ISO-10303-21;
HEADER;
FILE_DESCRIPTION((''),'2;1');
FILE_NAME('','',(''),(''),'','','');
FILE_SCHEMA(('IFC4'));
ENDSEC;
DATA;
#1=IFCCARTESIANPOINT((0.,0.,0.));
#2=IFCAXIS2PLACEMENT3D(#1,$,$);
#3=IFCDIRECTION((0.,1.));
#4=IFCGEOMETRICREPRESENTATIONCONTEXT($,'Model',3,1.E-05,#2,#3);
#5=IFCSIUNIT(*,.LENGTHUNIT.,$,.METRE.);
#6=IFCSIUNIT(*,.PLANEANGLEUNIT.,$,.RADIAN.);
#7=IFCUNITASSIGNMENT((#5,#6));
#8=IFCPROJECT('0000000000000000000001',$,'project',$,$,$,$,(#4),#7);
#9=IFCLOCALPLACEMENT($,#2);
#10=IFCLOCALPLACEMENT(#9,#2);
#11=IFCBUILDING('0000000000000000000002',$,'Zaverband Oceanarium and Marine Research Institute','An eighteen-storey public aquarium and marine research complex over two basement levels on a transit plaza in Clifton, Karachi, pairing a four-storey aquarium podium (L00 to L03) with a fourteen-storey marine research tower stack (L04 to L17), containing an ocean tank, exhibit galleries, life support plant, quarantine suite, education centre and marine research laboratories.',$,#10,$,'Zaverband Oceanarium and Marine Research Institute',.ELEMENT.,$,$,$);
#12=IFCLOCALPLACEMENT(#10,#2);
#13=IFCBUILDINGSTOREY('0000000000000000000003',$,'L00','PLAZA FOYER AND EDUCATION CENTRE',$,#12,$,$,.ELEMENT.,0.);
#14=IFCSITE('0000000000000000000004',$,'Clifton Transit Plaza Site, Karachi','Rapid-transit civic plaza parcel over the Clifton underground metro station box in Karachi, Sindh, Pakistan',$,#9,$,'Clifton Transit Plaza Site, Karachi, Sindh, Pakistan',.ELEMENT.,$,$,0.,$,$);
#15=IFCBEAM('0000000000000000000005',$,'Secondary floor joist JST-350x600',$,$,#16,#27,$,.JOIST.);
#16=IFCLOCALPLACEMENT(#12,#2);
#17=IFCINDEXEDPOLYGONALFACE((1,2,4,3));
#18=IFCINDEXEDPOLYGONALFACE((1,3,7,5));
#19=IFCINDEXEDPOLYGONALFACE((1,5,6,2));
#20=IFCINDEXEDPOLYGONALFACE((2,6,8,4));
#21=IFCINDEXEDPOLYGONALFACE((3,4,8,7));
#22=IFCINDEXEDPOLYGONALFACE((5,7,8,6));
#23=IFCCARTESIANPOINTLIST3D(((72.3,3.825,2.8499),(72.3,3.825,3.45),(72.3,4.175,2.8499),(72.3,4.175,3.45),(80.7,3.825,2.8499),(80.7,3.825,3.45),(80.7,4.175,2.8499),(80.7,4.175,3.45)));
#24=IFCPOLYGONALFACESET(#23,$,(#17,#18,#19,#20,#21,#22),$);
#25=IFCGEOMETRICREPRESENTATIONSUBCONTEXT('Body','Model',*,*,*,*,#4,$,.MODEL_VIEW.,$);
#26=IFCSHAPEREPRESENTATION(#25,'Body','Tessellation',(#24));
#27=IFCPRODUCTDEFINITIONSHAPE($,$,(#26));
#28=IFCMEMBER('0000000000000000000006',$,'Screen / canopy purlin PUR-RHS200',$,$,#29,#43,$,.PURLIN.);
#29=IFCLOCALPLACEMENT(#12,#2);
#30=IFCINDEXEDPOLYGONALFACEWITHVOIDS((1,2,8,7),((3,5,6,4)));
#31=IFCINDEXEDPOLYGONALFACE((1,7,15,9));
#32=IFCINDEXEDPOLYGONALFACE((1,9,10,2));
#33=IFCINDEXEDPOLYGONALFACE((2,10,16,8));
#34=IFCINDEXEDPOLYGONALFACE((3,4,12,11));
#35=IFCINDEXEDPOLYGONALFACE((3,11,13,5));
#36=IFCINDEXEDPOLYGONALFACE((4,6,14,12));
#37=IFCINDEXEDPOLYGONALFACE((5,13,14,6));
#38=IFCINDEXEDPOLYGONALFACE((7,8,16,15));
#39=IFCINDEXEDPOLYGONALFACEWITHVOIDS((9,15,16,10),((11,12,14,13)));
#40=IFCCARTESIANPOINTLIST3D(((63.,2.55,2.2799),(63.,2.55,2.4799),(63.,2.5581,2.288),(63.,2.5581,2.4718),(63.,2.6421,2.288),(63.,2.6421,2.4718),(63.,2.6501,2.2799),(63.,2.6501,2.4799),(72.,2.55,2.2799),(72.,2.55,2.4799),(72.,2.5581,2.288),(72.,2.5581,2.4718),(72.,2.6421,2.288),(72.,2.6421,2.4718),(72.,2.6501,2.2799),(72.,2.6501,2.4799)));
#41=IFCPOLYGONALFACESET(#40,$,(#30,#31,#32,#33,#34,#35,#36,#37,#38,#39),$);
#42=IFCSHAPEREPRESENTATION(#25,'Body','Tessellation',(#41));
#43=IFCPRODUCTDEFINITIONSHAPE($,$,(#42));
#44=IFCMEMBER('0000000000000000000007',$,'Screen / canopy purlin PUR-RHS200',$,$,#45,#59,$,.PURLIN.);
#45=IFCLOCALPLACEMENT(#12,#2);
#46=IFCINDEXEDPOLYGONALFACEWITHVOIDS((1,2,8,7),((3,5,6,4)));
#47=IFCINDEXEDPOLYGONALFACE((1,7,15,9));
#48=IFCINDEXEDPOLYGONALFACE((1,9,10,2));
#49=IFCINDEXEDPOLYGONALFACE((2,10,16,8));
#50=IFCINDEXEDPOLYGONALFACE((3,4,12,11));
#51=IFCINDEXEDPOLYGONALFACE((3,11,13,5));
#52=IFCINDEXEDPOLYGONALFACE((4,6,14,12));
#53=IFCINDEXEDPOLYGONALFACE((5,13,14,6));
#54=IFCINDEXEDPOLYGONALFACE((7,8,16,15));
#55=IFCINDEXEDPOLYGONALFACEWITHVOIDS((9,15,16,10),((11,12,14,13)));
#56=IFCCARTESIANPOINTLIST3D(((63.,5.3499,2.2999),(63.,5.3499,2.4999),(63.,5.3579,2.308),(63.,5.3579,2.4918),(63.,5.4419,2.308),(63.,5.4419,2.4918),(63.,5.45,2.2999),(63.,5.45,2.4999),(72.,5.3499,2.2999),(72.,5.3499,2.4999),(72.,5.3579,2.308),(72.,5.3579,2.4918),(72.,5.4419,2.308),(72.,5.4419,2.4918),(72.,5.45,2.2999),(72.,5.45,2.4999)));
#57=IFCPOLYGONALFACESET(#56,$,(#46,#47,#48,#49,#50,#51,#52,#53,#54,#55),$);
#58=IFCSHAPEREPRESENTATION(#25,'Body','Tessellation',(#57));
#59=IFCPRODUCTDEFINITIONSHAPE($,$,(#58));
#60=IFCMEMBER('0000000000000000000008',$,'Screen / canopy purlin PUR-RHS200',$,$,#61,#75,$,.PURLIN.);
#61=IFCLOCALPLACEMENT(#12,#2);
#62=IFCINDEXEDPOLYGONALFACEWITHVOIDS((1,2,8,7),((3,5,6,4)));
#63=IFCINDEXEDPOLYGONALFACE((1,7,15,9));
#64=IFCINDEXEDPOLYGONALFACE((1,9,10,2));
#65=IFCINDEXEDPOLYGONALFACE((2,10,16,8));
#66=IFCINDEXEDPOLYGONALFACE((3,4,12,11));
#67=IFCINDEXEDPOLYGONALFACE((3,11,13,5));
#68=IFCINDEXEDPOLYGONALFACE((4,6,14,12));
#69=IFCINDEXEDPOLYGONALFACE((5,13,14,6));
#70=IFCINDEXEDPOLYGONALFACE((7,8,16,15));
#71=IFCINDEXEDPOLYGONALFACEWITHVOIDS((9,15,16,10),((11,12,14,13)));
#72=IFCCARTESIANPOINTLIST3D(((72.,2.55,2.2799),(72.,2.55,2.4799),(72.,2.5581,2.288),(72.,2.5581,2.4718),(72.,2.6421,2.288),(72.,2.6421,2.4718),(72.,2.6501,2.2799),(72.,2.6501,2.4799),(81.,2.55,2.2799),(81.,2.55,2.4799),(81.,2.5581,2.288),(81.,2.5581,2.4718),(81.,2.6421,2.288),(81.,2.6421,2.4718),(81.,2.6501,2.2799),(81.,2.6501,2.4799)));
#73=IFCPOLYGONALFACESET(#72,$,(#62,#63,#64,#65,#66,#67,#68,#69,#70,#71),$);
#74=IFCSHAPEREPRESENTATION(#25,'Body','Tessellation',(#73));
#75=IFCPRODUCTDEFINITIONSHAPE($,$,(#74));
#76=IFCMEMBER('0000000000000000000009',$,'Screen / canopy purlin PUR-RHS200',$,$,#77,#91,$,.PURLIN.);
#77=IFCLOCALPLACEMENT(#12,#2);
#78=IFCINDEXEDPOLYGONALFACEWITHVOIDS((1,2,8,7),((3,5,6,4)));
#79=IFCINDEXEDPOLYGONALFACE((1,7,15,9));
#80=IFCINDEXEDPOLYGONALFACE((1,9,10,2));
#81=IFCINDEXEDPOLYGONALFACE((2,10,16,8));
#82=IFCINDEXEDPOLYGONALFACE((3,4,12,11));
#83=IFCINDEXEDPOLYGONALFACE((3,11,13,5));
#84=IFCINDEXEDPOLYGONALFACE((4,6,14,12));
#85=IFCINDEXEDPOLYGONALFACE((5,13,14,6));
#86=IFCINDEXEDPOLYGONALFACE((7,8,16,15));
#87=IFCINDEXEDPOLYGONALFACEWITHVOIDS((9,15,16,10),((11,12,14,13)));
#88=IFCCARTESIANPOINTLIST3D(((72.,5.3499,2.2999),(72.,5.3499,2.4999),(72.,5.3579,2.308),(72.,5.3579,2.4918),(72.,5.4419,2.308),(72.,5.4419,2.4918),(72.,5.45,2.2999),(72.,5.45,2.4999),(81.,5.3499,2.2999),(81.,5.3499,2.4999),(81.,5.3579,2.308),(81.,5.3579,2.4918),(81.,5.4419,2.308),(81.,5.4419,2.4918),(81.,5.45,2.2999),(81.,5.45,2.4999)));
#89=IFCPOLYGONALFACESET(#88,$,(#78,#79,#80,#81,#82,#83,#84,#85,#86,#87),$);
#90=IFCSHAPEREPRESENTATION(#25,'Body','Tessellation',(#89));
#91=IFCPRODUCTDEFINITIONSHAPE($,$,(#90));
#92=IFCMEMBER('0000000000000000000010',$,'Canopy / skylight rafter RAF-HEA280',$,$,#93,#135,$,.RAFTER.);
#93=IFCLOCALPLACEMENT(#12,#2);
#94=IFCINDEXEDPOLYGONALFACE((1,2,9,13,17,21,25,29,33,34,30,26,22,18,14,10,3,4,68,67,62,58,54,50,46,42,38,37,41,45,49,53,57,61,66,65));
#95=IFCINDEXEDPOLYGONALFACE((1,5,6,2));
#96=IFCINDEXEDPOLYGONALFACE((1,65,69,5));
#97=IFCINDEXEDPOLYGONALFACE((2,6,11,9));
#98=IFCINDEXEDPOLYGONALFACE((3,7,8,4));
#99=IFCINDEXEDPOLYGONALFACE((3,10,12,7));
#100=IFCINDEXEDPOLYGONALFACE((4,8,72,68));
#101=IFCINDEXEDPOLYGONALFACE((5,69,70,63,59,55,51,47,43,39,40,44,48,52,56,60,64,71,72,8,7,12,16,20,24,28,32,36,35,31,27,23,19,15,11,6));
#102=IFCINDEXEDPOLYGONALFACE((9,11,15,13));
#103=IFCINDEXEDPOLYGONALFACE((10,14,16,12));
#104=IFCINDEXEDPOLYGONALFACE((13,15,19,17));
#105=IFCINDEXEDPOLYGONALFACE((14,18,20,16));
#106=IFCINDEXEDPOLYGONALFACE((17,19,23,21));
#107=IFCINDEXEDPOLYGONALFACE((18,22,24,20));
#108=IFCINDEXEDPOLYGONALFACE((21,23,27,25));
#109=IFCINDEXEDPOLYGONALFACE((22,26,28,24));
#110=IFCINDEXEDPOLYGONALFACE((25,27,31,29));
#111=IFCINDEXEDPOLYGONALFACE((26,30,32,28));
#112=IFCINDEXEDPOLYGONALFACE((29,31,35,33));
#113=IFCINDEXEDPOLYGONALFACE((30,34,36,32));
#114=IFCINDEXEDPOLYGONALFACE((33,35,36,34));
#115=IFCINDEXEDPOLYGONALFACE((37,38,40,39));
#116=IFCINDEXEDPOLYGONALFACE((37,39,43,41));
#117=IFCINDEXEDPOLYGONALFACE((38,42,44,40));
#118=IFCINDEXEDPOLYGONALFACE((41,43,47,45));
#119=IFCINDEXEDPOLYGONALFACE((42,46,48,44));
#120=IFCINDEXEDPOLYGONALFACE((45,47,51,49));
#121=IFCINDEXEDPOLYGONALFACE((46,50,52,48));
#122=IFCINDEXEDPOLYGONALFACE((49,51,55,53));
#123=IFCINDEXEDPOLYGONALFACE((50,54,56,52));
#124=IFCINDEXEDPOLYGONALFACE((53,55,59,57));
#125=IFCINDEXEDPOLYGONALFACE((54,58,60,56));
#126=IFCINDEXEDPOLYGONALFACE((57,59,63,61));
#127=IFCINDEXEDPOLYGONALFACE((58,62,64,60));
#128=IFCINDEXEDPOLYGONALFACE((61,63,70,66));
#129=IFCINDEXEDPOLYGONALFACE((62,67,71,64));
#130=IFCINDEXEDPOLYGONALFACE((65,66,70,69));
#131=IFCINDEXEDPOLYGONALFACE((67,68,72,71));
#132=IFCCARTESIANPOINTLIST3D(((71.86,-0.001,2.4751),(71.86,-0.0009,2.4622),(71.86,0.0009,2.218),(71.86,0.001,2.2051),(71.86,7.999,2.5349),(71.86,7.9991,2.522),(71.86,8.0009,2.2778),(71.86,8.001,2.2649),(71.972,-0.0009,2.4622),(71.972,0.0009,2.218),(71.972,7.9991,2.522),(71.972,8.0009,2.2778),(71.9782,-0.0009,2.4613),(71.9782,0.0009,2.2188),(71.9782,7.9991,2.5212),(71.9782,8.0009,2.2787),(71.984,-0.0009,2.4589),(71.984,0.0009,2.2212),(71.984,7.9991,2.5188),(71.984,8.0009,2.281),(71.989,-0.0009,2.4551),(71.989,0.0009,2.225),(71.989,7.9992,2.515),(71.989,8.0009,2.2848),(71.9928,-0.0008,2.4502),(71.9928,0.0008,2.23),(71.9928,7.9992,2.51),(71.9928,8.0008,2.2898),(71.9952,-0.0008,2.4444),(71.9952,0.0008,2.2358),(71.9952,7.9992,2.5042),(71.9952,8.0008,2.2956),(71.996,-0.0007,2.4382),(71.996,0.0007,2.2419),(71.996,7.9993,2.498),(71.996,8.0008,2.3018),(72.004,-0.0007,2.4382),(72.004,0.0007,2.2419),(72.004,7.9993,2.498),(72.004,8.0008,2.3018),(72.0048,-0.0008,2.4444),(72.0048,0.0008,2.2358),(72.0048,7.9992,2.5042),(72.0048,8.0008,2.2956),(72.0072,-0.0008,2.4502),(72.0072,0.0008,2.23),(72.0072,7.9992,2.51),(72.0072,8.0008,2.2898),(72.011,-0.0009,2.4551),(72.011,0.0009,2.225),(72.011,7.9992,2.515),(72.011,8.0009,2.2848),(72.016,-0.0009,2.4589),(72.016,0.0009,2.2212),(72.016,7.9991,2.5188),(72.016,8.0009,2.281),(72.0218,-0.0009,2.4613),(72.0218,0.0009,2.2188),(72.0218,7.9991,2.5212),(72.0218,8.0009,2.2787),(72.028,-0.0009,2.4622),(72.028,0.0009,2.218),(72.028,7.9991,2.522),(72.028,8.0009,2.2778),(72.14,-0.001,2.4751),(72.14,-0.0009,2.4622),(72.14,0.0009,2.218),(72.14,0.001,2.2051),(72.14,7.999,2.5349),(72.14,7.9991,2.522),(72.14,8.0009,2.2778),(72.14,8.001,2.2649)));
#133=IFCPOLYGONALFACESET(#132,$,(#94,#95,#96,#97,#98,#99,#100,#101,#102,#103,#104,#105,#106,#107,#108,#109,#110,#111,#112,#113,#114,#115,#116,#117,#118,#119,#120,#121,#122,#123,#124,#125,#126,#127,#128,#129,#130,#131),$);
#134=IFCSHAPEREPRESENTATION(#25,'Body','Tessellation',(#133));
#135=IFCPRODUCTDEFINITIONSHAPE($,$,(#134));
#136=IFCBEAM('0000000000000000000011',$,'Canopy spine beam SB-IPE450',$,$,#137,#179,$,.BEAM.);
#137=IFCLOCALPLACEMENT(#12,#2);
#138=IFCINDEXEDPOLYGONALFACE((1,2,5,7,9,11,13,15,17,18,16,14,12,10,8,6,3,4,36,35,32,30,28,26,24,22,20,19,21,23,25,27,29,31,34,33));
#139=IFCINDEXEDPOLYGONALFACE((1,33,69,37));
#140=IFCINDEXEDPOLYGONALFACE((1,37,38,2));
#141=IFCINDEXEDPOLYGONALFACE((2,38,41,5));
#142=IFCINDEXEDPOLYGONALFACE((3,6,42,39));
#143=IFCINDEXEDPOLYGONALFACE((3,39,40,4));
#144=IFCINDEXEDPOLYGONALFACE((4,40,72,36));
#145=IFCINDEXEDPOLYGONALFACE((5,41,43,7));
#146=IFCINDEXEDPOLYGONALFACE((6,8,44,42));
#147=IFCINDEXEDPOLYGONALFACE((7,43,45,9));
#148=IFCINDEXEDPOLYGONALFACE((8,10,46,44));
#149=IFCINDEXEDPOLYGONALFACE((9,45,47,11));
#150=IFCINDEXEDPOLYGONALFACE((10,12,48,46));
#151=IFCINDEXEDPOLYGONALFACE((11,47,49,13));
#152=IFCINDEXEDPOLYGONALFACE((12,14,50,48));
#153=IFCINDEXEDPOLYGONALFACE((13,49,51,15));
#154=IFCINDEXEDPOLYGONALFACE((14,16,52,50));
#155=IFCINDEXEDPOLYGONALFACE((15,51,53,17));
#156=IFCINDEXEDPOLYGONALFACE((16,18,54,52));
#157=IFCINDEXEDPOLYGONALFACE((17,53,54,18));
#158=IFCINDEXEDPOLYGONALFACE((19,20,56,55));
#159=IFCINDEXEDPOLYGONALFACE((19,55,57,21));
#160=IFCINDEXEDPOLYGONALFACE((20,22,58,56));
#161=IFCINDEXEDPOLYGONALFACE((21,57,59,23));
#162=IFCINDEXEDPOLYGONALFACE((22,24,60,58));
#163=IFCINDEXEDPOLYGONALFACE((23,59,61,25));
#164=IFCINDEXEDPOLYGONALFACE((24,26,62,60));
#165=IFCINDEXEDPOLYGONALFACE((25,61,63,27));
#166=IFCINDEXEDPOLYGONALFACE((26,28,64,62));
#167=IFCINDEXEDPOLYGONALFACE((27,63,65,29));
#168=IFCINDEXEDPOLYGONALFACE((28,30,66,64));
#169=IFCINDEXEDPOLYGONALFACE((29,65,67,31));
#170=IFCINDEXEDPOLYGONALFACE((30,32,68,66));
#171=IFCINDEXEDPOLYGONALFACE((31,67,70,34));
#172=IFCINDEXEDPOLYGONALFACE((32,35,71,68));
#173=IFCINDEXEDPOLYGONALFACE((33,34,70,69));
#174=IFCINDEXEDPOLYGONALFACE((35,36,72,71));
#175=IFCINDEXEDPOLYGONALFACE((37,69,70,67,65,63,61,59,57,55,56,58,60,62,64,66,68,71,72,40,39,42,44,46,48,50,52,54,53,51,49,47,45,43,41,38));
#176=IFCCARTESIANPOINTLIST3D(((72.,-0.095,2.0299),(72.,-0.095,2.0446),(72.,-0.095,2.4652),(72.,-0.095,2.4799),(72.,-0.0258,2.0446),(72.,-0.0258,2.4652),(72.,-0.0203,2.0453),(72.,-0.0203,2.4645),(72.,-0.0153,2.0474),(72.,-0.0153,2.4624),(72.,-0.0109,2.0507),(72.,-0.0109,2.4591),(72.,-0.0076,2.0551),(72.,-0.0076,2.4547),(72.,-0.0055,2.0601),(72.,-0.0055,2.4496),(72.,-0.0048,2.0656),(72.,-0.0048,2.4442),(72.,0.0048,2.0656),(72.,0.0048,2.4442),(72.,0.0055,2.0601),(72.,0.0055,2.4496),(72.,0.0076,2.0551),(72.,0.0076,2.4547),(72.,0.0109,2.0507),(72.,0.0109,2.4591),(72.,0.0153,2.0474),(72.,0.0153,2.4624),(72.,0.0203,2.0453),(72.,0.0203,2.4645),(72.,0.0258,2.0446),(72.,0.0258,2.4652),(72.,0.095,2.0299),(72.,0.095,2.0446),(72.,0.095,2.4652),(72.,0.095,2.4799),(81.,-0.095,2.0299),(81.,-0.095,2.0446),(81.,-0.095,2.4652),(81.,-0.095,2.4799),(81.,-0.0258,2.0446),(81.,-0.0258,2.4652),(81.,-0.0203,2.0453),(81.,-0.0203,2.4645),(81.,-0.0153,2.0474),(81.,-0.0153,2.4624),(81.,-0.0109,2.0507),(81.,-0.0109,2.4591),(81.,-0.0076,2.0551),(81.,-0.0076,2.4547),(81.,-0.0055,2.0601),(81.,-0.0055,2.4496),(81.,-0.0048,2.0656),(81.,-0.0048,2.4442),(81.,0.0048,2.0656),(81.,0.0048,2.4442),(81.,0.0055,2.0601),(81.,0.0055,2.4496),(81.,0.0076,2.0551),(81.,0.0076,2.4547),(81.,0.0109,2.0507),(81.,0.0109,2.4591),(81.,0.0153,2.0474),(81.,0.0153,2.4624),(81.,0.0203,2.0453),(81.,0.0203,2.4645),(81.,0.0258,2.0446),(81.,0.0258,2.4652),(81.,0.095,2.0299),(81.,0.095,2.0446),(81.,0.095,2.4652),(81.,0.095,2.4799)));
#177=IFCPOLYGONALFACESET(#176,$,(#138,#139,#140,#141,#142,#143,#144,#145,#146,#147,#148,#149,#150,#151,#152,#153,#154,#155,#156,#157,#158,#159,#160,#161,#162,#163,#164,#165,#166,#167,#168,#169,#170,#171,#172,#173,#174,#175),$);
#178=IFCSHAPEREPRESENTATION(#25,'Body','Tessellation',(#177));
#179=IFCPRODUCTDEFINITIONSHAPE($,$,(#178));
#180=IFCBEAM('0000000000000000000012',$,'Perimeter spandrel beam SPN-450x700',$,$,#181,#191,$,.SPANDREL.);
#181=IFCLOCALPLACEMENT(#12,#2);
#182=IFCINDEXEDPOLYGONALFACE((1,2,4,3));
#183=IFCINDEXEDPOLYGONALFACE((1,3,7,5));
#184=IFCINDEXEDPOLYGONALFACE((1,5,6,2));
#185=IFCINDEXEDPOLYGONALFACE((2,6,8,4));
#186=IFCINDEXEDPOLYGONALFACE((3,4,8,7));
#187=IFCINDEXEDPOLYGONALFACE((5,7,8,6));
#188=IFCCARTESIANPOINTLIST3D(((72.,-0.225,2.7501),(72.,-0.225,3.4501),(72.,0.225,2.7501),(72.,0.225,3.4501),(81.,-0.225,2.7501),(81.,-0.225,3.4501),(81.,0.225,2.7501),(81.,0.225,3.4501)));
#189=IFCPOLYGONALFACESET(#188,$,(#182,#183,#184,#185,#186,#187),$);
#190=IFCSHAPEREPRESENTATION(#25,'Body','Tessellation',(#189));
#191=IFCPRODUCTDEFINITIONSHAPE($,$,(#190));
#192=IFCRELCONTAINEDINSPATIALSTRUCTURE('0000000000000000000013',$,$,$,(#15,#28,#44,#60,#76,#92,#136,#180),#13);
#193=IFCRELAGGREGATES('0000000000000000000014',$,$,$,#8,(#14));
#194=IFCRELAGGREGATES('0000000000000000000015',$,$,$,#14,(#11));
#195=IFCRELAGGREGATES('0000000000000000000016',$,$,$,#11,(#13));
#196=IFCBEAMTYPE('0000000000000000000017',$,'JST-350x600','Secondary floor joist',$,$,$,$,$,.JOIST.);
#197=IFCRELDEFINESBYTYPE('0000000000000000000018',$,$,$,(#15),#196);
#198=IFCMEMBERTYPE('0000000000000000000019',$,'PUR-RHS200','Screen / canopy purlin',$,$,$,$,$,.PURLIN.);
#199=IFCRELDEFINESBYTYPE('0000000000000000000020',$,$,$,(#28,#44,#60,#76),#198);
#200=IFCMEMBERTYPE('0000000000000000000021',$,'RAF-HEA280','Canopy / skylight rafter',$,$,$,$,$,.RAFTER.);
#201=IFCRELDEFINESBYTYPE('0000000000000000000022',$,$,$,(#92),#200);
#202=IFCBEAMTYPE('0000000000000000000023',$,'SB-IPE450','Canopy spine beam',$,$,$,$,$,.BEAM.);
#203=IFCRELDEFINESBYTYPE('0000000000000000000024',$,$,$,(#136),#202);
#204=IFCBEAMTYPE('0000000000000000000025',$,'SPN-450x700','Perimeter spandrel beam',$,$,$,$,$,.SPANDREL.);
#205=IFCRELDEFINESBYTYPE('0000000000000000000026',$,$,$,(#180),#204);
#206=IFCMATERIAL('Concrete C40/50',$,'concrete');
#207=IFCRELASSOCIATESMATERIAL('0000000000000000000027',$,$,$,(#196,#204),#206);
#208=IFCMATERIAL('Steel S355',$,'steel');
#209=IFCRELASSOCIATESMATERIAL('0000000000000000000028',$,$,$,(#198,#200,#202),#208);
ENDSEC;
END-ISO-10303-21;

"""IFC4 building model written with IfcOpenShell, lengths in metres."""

from ifc_helpers import new_model, si_unit, direction, frame, origin, origin_2d, place, context, subcontext, project, spatial, rectangle, hollow_rectangle, i_section, extrude, material, material_profile, profile_set, type_object, element, save


model = new_model("IFC4")

# Units and contexts
model_context = context("Model", 3, precision=1e-05, world=origin(), true_north=direction((0.0, 1.0)))
body_context = subcontext(model_context, "Body", "Model", "MODEL_VIEW")
ifc_project = project(units=[si_unit("LENGTHUNIT", "METRE"), si_unit("PLANEANGLEUNIT", "RADIAN")], contexts=[model_context])

# Site, building, storey
site_placement = place(None, origin())
site = spatial("IfcSite", under=ifc_project, at=site_placement, Name="Clifton Transit Plaza Site, Karachi", Description="Rapid-transit civic plaza parcel over the Clifton underground metro station box in Karachi, Sindh, Pakistan", LongName="Clifton Transit Plaza Site, Karachi, Sindh, Pakistan", CompositionType="ELEMENT", RefElevation=0.0)
building_placement = place(site_placement, origin())
building = spatial("IfcBuilding", under=site, at=building_placement, Name="Zaverband Oceanarium and Marine Research Institute", Description="An eighteen-storey public aquarium and marine research complex over two basement levels on a transit plaza in Clifton, Karachi, pairing a four-storey aquarium podium (L00 to L03) with a fourteen-storey marine research tower stack (L04 to L17), containing an ocean tank, exhibit galleries, life support plant, quarantine suite, education centre and marine research laboratories.", LongName="Zaverband Oceanarium and Marine Research Institute", CompositionType="ELEMENT")
storey_placement = place(building_placement, origin())
storey = spatial("IfcBuildingStorey", under=building, at=storey_placement, Name="L00", Description="PLAZA FOYER AND EDUCATION CENTRE", CompositionType="ELEMENT", Elevation=0.0)

# Shared definitions
ifc_material_1 = material(Name="Concrete C40/50", Category="concrete")

# Shared definitions
ifc_material_2 = material(Name="Steel S355", Category="steel")

# Beam
ifc_material_profile_1 = material_profile(ifc_material_1, rectangle(XDim=0.3501, YDim=0.6001, at=origin_2d()), Name="RC350x600")
ifc_profile_set_1 = profile_set([ifc_material_profile_1], Name="Concrete C40/50")
beam_type_1 = type_object("IfcBeamType", Name="JST-350x600", Description="Secondary floor joist", PredefinedType="JOIST", material=ifc_profile_set_1)
for number, where, z_axis, x_axis, name in (
    (1, (72.3, 4.0, 3.1499), (1.0, 0.0, 0.0), (0.0, 1.0, 0.0), "Secondary floor joist JST-350x600"),
):
    element("IfcBeam", number, at=place(storey_placement, frame(where, z_axis=z_axis, x_axis=x_axis)), inside=storey, type_object=beam_type_1, Name=name, PredefinedType="JOIST", context=body_context, shape_type="SweptSolid", body=[
        extrude(rectangle(XDim=0.3501, YDim=0.6001, at=origin_2d()), origin(), (0.0, 0.0, 1.0), 8.3999),
    ])

# Members
ifc_material_profile_2 = material_profile(ifc_material_2, hollow_rectangle(XDim=0.1001, YDim=0.2, WallThickness=0.0081, at=origin_2d()), Name="RHS200x100x8")
ifc_profile_set_2 = profile_set([ifc_material_profile_2], Name="Steel S355")
member_type_1 = type_object("IfcMemberType", Name="PUR-RHS200", Description="Screen / canopy purlin", PredefinedType="PURLIN", material=ifc_profile_set_2)
for number, where, z_axis, x_axis, name in (
    (2, (63.0, 2.6001, 2.3799), (1.0, 0.0, 0.0), (0.0, 1.0, 0.0), "Screen / canopy purlin PUR-RHS200"),
    (3, (63.0, 5.3999, 2.3999), (1.0, 0.0, 0.0), (0.0, 1.0, 0.0), "Screen / canopy purlin PUR-RHS200"),
    (4, (72.0, 2.6001, 2.3799), (1.0, 0.0, 0.0), (0.0, 1.0, 0.0), "Screen / canopy purlin PUR-RHS200"),
    (5, (72.0, 5.3999, 2.3999), (1.0, 0.0, 0.0), (0.0, 1.0, 0.0), "Screen / canopy purlin PUR-RHS200"),
):
    element("IfcMember", number, at=place(storey_placement, frame(where, z_axis=z_axis, x_axis=x_axis)), inside=storey, type_object=member_type_1, Name=name, PredefinedType="PURLIN", context=body_context, shape_type="SweptSolid", body=[
        extrude(hollow_rectangle(XDim=0.1001, YDim=0.2, WallThickness=0.0081, at=origin_2d()), origin(), (0.0, 0.0, 1.0), 9.0),
    ])
ifc_material_profile_3 = material_profile(ifc_material_2, i_section(OverallWidth=0.28, OverallDepth=0.27, WebThickness=0.0081, FlangeThickness=0.0129, FilletRadius=0.0239, at=origin_2d()), Name="HEA280")
ifc_profile_set_3 = profile_set([ifc_material_profile_3], Name="Steel S355")
member_type_2 = type_object("IfcMemberType", Name="RAF-HEA280", Description="Canopy / skylight rafter", PredefinedType="RAFTER", material=ifc_profile_set_3)
member_placement = place(storey_placement, frame((72.0, 0.0, 2.3401), z_axis=(0.0, 0.999972, 0.007477), x_axis=(-1.0, 0.0, 0.0)))
element("IfcMember", 6, at=member_placement, inside=storey, type_object=member_type_2, Name="Canopy / skylight rafter RAF-HEA280", PredefinedType="RAFTER", context=body_context, shape_type="SweptSolid", body=[
    extrude(i_section(OverallWidth=0.28, OverallDepth=0.27, WebThickness=0.0081, FlangeThickness=0.0129, FilletRadius=0.0239, at=origin_2d()), origin(), (0.0, 0.0, 1.0), 8.0002),
])

# Beams
ifc_material_profile_4 = material_profile(ifc_material_2, i_section(OverallWidth=0.1899, OverallDepth=0.45, WebThickness=0.0095, FlangeThickness=0.0146, FilletRadius=0.021, at=origin_2d()), Name="IPE450")
ifc_profile_set_4 = profile_set([ifc_material_profile_4], Name="Steel S355")
beam_type_2 = type_object("IfcBeamType", Name="SB-IPE450", Description="Canopy spine beam", PredefinedType="BEAM", material=ifc_profile_set_4)
beam_1_placement = place(storey_placement, frame((72.0, 0.0, 2.2549), z_axis=(1.0, 0.0, 0.0), x_axis=(0.0, 1.0, 0.0)))
element("IfcBeam", 7, at=beam_1_placement, inside=storey, type_object=beam_type_2, Name="Canopy spine beam SB-IPE450", PredefinedType="BEAM", context=body_context, shape_type="SweptSolid", body=[
    extrude(i_section(OverallWidth=0.1899, OverallDepth=0.45, WebThickness=0.0095, FlangeThickness=0.0146, FilletRadius=0.021, at=origin_2d()), origin(), (0.0, 0.0, 1.0), 9.0),
])
ifc_material_profile_5 = material_profile(ifc_material_1, rectangle(XDim=0.45, YDim=0.7, at=origin_2d()), Name="RC450x700")
ifc_profile_set_5 = profile_set([ifc_material_profile_5], Name="Concrete C40/50")
beam_type_3 = type_object("IfcBeamType", Name="SPN-450x700", Description="Perimeter spandrel beam", PredefinedType="SPANDREL", material=ifc_profile_set_5)
beam_2_placement = place(storey_placement, frame((72.0, 0.0, 3.1001), z_axis=(1.0, 0.0, 0.0), x_axis=(0.0, 1.0, 0.0)))
element("IfcBeam", 8, at=beam_2_placement, inside=storey, type_object=beam_type_3, Name="Perimeter spandrel beam SPN-450x700", PredefinedType="SPANDREL", context=body_context, shape_type="SweptSolid", body=[
    extrude(rectangle(XDim=0.45, YDim=0.7, at=origin_2d()), origin(), (0.0, 0.0, 1.0), 9.0),
])

save(model, "model.ifc")
